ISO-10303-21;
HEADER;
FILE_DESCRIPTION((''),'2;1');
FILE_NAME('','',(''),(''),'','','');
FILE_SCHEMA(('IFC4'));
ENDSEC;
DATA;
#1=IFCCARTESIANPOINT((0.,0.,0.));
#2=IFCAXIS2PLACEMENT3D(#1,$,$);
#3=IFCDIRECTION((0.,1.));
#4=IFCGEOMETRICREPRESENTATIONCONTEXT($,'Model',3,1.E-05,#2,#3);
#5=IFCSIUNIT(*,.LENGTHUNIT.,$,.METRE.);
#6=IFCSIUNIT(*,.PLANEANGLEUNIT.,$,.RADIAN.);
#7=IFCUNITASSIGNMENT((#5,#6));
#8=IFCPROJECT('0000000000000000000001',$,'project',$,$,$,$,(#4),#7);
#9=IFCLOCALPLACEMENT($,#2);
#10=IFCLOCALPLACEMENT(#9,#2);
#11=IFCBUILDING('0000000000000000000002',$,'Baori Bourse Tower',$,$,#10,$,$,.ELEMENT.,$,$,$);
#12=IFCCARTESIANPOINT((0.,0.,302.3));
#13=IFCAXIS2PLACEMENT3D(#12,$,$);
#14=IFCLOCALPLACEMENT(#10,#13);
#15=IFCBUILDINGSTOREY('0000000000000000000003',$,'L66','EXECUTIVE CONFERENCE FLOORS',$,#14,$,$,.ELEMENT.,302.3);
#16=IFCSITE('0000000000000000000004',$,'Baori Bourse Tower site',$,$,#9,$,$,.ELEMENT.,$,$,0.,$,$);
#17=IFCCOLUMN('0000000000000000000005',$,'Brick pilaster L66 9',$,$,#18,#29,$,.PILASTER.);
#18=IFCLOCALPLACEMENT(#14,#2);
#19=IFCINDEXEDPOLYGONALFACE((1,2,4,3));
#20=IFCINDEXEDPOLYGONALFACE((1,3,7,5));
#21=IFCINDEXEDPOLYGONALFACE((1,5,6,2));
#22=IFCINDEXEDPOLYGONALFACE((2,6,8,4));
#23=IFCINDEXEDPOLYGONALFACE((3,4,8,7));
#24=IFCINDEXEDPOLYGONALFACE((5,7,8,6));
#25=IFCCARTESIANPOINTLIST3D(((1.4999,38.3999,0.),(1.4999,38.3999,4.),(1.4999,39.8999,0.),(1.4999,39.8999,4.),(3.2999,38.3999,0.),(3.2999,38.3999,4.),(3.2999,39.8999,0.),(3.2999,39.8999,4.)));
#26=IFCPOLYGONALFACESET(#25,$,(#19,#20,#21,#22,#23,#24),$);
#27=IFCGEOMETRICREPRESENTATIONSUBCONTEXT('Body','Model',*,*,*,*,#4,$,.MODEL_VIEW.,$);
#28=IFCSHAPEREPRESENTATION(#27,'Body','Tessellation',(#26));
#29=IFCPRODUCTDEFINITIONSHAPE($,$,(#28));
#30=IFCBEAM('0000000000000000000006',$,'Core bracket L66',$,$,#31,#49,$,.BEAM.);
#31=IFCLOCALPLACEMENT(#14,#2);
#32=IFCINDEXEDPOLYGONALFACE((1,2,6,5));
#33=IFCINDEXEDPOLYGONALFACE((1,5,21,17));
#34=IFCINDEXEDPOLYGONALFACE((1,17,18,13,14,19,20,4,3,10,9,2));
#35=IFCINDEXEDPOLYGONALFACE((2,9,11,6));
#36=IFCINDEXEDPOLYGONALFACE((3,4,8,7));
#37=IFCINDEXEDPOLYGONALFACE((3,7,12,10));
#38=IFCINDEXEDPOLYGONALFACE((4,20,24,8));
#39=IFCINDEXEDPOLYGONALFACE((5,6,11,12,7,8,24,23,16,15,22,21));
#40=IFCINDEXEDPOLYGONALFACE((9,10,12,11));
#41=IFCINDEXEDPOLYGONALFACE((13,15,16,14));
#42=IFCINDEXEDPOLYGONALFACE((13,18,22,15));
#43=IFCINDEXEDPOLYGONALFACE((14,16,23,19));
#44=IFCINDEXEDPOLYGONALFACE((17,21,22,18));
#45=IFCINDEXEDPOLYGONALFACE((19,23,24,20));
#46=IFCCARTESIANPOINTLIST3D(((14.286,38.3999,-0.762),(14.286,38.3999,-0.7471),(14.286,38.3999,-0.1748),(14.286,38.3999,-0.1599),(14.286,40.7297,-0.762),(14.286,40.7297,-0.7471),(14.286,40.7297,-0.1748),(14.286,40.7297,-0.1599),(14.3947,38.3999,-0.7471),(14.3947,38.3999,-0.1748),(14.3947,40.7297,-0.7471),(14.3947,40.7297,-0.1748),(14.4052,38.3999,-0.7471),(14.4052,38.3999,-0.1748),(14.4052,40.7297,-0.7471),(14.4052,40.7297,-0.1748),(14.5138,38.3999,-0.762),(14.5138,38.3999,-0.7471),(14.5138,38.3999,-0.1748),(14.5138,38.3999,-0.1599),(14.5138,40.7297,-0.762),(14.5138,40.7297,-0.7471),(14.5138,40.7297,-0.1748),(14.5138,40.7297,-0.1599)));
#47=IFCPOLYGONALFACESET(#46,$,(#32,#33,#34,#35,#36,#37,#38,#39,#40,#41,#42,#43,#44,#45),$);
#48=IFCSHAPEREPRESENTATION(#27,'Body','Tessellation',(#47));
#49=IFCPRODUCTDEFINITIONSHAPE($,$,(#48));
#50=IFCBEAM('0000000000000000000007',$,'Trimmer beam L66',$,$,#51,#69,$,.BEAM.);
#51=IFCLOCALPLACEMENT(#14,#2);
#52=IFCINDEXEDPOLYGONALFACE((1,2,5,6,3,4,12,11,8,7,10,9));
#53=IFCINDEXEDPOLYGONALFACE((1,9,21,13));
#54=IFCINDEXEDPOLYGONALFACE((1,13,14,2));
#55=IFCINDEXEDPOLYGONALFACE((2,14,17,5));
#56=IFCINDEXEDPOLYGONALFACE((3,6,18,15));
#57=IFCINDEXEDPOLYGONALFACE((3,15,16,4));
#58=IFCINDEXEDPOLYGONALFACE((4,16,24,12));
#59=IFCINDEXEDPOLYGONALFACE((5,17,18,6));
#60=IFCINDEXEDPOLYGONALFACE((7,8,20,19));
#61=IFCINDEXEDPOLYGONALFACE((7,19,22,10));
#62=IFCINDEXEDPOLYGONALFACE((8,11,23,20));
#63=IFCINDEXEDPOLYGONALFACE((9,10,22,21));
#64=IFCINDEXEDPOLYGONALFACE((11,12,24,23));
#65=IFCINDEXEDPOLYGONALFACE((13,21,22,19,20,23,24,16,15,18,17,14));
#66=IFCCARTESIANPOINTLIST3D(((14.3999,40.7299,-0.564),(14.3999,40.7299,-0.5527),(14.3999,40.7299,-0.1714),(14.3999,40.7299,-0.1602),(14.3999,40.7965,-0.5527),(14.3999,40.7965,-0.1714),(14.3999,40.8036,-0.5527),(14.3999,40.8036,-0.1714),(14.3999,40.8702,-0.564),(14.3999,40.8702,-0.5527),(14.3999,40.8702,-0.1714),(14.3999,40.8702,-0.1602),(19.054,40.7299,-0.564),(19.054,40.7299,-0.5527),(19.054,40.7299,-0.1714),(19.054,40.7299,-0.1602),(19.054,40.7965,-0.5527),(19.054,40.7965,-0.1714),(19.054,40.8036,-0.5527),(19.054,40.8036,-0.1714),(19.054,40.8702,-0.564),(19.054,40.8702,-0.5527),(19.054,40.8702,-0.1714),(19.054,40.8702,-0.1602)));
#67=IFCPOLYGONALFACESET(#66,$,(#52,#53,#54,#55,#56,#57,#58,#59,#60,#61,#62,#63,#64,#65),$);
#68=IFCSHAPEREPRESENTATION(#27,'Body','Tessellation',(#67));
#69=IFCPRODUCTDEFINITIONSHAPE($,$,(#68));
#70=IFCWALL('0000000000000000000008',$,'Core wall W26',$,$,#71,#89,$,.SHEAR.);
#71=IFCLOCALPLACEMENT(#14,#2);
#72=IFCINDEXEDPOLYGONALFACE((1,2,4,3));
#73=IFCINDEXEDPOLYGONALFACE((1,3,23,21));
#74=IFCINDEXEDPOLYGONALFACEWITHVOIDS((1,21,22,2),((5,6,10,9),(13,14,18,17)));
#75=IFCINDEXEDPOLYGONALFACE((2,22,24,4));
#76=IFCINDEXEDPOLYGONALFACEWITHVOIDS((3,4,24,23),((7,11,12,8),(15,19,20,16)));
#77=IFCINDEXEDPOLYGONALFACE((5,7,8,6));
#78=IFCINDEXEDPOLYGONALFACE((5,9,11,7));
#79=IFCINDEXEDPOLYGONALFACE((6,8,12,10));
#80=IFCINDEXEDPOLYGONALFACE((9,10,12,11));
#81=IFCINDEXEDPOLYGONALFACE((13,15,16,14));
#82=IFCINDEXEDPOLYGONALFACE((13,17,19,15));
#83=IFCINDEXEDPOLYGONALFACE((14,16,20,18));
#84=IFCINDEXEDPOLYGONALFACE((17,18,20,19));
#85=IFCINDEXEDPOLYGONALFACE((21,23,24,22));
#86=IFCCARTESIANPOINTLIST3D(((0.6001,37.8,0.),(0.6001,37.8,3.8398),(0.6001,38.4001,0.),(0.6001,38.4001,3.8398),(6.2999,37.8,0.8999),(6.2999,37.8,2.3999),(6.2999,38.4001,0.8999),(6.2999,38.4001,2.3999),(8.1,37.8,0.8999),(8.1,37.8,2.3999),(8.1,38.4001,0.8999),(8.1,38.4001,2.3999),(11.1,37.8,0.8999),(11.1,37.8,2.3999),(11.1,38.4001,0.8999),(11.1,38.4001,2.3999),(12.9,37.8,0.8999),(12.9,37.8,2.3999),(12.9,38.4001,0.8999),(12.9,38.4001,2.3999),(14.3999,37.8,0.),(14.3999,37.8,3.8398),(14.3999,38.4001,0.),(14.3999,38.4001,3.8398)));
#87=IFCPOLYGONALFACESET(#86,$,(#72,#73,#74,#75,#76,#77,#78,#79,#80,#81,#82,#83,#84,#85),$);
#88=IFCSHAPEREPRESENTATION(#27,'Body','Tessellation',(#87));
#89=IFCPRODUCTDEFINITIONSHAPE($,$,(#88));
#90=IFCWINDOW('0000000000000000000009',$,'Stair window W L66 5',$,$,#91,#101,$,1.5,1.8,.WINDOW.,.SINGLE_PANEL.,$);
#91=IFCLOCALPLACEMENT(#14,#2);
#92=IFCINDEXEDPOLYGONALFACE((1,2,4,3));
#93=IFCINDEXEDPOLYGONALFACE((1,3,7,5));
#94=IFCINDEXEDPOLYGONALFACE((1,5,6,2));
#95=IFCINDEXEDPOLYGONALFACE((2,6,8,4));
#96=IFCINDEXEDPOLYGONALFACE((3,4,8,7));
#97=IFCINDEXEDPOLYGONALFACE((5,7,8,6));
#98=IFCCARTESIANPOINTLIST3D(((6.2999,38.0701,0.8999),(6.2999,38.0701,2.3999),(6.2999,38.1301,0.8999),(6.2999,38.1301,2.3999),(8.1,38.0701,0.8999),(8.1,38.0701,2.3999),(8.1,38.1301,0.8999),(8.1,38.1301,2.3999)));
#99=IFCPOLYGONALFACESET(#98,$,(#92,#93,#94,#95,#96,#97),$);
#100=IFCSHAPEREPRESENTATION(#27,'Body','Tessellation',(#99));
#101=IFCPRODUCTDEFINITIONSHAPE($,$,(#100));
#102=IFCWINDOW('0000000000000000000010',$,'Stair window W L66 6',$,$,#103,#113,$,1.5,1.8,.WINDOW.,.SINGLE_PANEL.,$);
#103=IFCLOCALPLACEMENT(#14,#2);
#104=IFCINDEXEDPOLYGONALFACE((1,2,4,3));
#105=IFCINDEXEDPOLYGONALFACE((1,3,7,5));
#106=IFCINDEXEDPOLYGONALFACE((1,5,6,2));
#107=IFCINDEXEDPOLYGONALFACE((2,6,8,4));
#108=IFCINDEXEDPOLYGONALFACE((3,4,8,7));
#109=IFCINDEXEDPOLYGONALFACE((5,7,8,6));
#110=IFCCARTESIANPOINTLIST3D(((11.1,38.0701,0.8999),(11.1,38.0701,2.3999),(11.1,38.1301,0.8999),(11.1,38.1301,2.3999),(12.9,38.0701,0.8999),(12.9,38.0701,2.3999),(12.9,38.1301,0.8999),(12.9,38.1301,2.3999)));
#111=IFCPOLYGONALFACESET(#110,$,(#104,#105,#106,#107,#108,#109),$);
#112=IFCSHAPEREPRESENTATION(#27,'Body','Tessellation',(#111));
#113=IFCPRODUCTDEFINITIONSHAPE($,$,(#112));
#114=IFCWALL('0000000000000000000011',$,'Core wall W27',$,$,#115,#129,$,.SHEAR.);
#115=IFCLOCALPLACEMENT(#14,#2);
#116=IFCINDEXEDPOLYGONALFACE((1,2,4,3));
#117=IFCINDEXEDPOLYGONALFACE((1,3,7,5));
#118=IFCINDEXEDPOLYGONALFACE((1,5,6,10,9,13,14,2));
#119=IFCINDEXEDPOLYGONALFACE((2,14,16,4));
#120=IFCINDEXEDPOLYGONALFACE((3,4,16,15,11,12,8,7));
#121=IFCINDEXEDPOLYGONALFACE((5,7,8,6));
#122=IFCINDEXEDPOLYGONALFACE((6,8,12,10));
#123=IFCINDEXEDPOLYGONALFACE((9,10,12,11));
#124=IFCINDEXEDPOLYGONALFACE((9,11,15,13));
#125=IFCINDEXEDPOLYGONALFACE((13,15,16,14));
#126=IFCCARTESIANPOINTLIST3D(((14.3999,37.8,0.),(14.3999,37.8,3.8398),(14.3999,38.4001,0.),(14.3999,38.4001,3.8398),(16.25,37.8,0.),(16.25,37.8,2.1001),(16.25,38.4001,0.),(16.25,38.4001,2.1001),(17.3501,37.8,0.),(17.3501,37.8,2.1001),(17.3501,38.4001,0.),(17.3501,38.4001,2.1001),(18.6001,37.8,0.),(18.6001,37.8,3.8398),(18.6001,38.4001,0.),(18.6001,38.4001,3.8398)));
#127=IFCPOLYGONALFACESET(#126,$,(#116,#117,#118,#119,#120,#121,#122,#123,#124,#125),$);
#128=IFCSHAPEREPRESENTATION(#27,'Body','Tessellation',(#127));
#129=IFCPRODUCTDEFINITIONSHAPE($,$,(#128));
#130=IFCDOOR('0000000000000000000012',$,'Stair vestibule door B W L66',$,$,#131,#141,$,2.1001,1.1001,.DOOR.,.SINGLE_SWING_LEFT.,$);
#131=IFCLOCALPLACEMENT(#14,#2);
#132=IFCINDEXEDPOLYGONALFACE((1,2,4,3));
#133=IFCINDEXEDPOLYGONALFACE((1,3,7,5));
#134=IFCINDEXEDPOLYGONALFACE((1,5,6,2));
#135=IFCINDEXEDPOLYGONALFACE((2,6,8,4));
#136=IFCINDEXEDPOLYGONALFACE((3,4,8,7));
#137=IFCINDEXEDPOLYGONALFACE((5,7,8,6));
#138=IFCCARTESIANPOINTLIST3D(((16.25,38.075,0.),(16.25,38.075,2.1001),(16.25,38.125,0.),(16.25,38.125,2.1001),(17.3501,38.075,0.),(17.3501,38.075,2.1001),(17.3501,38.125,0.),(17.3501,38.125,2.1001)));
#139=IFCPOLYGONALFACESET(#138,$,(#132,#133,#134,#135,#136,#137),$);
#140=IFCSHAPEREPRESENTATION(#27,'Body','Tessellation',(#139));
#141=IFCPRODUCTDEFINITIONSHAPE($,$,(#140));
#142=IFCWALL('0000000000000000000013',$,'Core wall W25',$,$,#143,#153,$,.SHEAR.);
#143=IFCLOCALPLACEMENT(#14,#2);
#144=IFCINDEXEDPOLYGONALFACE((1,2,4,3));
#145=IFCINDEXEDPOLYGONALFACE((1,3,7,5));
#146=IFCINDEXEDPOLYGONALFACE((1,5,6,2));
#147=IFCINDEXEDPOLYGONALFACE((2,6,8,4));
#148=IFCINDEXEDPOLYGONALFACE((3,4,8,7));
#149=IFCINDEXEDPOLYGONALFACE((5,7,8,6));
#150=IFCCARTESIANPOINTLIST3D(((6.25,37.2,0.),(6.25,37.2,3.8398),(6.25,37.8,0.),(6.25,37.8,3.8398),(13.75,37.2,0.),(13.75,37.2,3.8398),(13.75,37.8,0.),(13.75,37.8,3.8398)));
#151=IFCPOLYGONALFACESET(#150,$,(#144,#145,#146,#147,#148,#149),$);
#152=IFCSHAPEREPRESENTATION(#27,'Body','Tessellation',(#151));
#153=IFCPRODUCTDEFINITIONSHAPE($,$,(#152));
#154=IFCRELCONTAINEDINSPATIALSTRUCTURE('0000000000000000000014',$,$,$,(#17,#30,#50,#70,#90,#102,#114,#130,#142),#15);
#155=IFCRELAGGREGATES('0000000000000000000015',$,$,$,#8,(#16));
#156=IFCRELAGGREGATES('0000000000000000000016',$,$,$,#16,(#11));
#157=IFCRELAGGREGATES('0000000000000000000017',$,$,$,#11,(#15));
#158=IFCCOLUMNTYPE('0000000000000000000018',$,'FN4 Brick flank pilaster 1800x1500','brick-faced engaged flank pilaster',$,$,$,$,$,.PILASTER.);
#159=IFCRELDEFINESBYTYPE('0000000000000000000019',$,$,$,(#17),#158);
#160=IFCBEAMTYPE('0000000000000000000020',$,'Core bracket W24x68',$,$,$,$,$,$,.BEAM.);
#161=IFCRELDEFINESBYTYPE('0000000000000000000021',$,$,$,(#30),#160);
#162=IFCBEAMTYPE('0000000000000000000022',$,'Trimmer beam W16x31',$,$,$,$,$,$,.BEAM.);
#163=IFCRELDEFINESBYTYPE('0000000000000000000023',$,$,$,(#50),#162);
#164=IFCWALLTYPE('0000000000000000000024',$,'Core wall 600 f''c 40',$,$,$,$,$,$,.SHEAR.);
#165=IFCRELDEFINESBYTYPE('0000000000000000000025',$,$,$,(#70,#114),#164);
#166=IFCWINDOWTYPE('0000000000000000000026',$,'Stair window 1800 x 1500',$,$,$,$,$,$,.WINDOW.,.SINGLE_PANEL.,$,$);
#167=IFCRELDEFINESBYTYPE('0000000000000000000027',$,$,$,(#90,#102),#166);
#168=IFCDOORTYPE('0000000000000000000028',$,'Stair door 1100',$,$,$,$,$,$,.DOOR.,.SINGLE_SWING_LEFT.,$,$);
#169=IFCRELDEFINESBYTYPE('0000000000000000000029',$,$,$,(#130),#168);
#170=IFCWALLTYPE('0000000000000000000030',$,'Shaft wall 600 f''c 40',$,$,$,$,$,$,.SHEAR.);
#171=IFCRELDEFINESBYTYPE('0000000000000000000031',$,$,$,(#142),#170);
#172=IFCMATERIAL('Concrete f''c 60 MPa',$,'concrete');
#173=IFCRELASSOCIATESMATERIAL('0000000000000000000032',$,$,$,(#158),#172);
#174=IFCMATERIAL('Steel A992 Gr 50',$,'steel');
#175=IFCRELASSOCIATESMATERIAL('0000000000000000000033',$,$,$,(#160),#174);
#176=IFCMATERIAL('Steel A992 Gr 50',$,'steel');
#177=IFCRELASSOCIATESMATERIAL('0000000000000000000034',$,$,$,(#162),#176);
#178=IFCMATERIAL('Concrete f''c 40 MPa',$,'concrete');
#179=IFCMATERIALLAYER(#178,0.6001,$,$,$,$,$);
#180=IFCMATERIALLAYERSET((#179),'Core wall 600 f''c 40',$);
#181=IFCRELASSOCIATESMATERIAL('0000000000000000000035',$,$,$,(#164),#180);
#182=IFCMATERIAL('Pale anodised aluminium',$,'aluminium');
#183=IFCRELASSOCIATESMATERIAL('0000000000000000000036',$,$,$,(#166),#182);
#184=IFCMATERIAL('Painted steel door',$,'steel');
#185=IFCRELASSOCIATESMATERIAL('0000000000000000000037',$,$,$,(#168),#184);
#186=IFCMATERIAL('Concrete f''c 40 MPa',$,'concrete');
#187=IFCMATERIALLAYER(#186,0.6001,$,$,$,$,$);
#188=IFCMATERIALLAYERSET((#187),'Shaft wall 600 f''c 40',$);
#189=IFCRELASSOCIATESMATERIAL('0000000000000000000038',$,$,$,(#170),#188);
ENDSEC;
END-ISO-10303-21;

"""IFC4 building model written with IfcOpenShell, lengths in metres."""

from ifc_helpers import new_model, si_unit, direction, frame, frame_2d, origin, origin_2d, place, context, subcontext, project, spatial, rectangle, i_section, extrude, material, layer, layer_set, material_profile, profile_set, type_object, element, fill, save


model = new_model("IFC4")

# Units and contexts
model_context = context("Model", 3, precision=1e-05, world=origin(), true_north=direction((0.0, 1.0)))
body_context = subcontext(model_context, "Body", "Model", "MODEL_VIEW")
ifc_project = project(units=[si_unit("LENGTHUNIT", "METRE"), si_unit("PLANEANGLEUNIT", "RADIAN")], contexts=[model_context])

# Site, building, storey
site_placement = place(None, origin())
site = spatial("IfcSite", under=ifc_project, at=site_placement, Name="Baori Bourse Tower site", CompositionType="ELEMENT", RefElevation=0.0)
building_placement = place(site_placement, origin())
building = spatial("IfcBuilding", under=site, at=building_placement, Name="Baori Bourse Tower", CompositionType="ELEMENT")
storey_placement = place(building_placement, frame((0.0, 0.0, 302.3)))
storey = spatial("IfcBuildingStorey", under=building, at=storey_placement, Name="L66", Description="EXECUTIVE CONFERENCE FLOORS", CompositionType="ELEMENT", Elevation=302.3)

# Column
ifc_material_1 = material(Name="Concrete f'c 60 MPa", Category="concrete")
ifc_material_profile_1 = material_profile(ifc_material_1, rectangle(XDim=1.8, YDim=1.5, at=origin_2d()), Name="RC 1800x1500")
ifc_profile_set_1 = profile_set([ifc_material_profile_1], Name="Concrete f'c 60 MPa")
column_type = type_object("IfcColumnType", Name="FN4 Brick flank pilaster 1800x1500", Description="brick-faced engaged flank pilaster", PredefinedType="PILASTER", material=ifc_profile_set_1)
column_placement = place(storey_placement, frame((2.3999, 39.1499, 0.0), z_axis=(0.0, 0.0, 1.0), x_axis=(1.0, 0.0, 0.0)))
element("IfcColumn", 1, at=column_placement, inside=storey, type_object=column_type, Name="Brick pilaster L66 9", PredefinedType="PILASTER", context=body_context, shape_type="SweptSolid", body=[
    extrude(rectangle(XDim=1.8, YDim=1.5, at=origin_2d()), origin(), (0.0, 0.0, 1.0), 4.0),
])

# Beams
ifc_material_2 = material(Name="Steel A992 Gr 50", Category="steel")
ifc_material_profile_2 = material_profile(ifc_material_2, i_section(OverallWidth=0.2278, OverallDepth=0.6021, WebThickness=0.0105, FlangeThickness=0.0149, at=origin_2d()), Name="W24x68")
ifc_profile_set_2 = profile_set([ifc_material_profile_2], Name="Steel A992 Gr 50")
beam_type_1 = type_object("IfcBeamType", Name="Core bracket W24x68", PredefinedType="BEAM", material=ifc_profile_set_2)
beam_1_placement = place(storey_placement, frame((14.3999, 38.3999, -0.4609), z_axis=(0.0, 1.0, 0.0), x_axis=(-1.0, 0.0, 0.0)))
element("IfcBeam", 2, at=beam_1_placement, inside=storey, type_object=beam_type_1, Name="Core bracket L66", PredefinedType="BEAM", context=body_context, shape_type="SweptSolid", body=[
    extrude(i_section(OverallWidth=0.2278, OverallDepth=0.6021, WebThickness=0.0105, FlangeThickness=0.0149, at=origin_2d()), origin(), (0.0, 0.0, 1.0), 2.3298),
])
ifc_material_3 = material(Name="Steel A992 Gr 50", Category="steel")
ifc_material_profile_3 = material_profile(ifc_material_3, i_section(OverallWidth=0.1404, OverallDepth=0.4038, WebThickness=0.0071, FlangeThickness=0.0112, at=origin_2d()), Name="W16x31")
ifc_profile_set_3 = profile_set([ifc_material_profile_3], Name="Steel A992 Gr 50")
beam_type_2 = type_object("IfcBeamType", Name="Trimmer beam W16x31", PredefinedType="BEAM", material=ifc_profile_set_3)
beam_2_placement = place(storey_placement, frame((14.3999, 40.8, -0.3621), z_axis=(1.0, 0.0, 0.0), x_axis=(0.0, 1.0, 0.0)))
element("IfcBeam", 3, at=beam_2_placement, inside=storey, type_object=beam_type_2, Name="Trimmer beam L66", PredefinedType="BEAM", context=body_context, shape_type="SweptSolid", body=[
    extrude(i_section(OverallWidth=0.1404, OverallDepth=0.4038, WebThickness=0.0071, FlangeThickness=0.0112, at=origin_2d()), origin(), (0.0, 0.0, 1.0), 4.6541),
])

# Wall, openings, windows
ifc_material_4 = material(Name="Concrete f'c 40 MPa", Category="concrete")
ifc_layer_1 = layer(ifc_material_4, 0.6001)
ifc_layer_set_1 = layer_set([ifc_layer_1], Name="Core wall 600 f'c 40")
wall_type_1 = type_object("IfcWallType", Name="Core wall 600 f'c 40", PredefinedType="SHEAR", material=ifc_layer_set_1)
wall_1_placement = place(storey_placement, frame((0.6001, 38.1001, 0.0), z_axis=(0.0, 0.0, 1.0), x_axis=(1.0, 0.0, 0.0)))
wall_1 = element("IfcWall", 4, at=wall_1_placement, inside=storey, type_object=wall_type_1, Name="Core wall W26", PredefinedType="SHEAR", context=body_context, shape_type="SweptSolid", body=[
    extrude(rectangle(XDim=13.7998, YDim=0.6001, at=frame_2d((6.8999, 0.0))), origin(), (0.0, 0.0, 1.0), 3.8398),
])
opening_1_placement = place(wall_1_placement, frame((5.7, 0.0, 0.8999)))
opening_1 = element("IfcOpeningElement", 5, at=opening_1_placement, cuts=wall_1, PredefinedType="OPENING", context=body_context, shape_type="SweptSolid", body=[
    extrude(rectangle(XDim=1.8, YDim=1.5, at=frame_2d((0.8999, 0.75))), frame((0.0, 0.3101, 0.0), z_axis=(0.0, -1.0, 0.0), x_axis=(1.0, 0.0, 0.0)), (0.0, 0.0, 1.0), 0.6201),
])
opening_2_placement = place(wall_1_placement, frame((10.5, 0.0, 0.8999)))
opening_2 = element("IfcOpeningElement", 6, at=opening_2_placement, cuts=wall_1, PredefinedType="OPENING", context=body_context, shape_type="SweptSolid", body=[
    extrude(rectangle(XDim=1.8, YDim=1.5, at=frame_2d((0.8999, 0.75))), frame((0.0, 0.3101, 0.0), z_axis=(0.0, -1.0, 0.0), x_axis=(1.0, 0.0, 0.0)), (0.0, 0.0, 1.0), 0.6201),
])
ifc_material_5 = material(Name="Pale anodised aluminium", Category="aluminium")
window_type = type_object("IfcWindowType", Name="Stair window 1800 x 1500", PartitioningType="SINGLE_PANEL", PredefinedType="WINDOW", material=ifc_material_5)
window_1_placement = place(opening_1_placement, origin())
window_1 = element("IfcWindow", 7, at=window_1_placement, inside=storey, type_object=window_type, Name="Stair window W L66 5", OverallHeight=1.5, OverallWidth=1.8, PartitioningType="SINGLE_PANEL", PredefinedType="WINDOW", context=body_context, shape_type="SweptSolid", body=[
    extrude(rectangle(XDim=1.8, YDim=1.5, at=frame_2d((0.8999, 0.75))), frame((0.0, 0.03, 0.0), z_axis=(0.0, -1.0, 0.0), x_axis=(1.0, 0.0, 0.0)), (0.0, 0.0, 1.0), 0.0601),
])
fill(opening_1, window_1)
window_2_placement = place(opening_2_placement, origin())
window_2 = element("IfcWindow", 8, at=window_2_placement, inside=storey, type_object=window_type, Name="Stair window W L66 6", OverallHeight=1.5, OverallWidth=1.8, PartitioningType="SINGLE_PANEL", PredefinedType="WINDOW", context=body_context, shape_type="SweptSolid", body=[
    extrude(rectangle(XDim=1.8, YDim=1.5, at=frame_2d((0.8999, 0.75))), frame((0.0, 0.03, 0.0), z_axis=(0.0, -1.0, 0.0), x_axis=(1.0, 0.0, 0.0)), (0.0, 0.0, 1.0), 0.0601),
])
fill(opening_2, window_2)

# Wall, opening, door
wall_2_placement = place(storey_placement, frame((14.3999, 38.1001, 0.0), z_axis=(0.0, 0.0, 1.0), x_axis=(1.0, 0.0, 0.0)))
wall_2 = element("IfcWall", 9, at=wall_2_placement, inside=storey, type_object=wall_type_1, Name="Core wall W27", PredefinedType="SHEAR", context=body_context, shape_type="SweptSolid", body=[
    extrude(rectangle(XDim=4.2002, YDim=0.6001, at=frame_2d((2.1001, 0.0))), origin(), (0.0, 0.0, 1.0), 3.8398),
])
opening_3_placement = place(wall_2_placement, frame((1.8501, 0.0, 0.0)))
opening_3 = element("IfcOpeningElement", 10, at=opening_3_placement, cuts=wall_2, PredefinedType="OPENING", context=body_context, shape_type="SweptSolid", body=[
    extrude(rectangle(XDim=1.1001, YDim=2.1001, at=frame_2d((0.55, 1.05))), frame((0.0, 0.3101, 0.0), z_axis=(0.0, -1.0, 0.0), x_axis=(1.0, 0.0, 0.0)), (0.0, 0.0, 1.0), 0.6201),
])
ifc_material_6 = material(Name="Painted steel door", Category="steel")
door_type = type_object("IfcDoorType", Name="Stair door 1100", OperationType="SINGLE_SWING_LEFT", PredefinedType="DOOR", material=ifc_material_6)
door_placement = place(opening_3_placement, origin())
door = element("IfcDoor", 11, at=door_placement, inside=storey, type_object=door_type, Name="Stair vestibule door B W L66", OperationType="SINGLE_SWING_LEFT", OverallHeight=2.1001, OverallWidth=1.1001, PredefinedType="DOOR", context=body_context, shape_type="SweptSolid", body=[
    extrude(rectangle(XDim=1.1001, YDim=2.1001, at=frame_2d((0.55, 1.05))), frame((0.0, 0.0249, 0.0), z_axis=(0.0, -1.0, 0.0), x_axis=(1.0, 0.0, 0.0)), (0.0, 0.0, 1.0), 0.05),
])
fill(opening_3, door)

# Wall
ifc_material_7 = material(Name="Concrete f'c 40 MPa", Category="concrete")
ifc_layer_2 = layer(ifc_material_7, 0.6001)
ifc_layer_set_2 = layer_set([ifc_layer_2], Name="Shaft wall 600 f'c 40")
wall_type_2 = type_object("IfcWallType", Name="Shaft wall 600 f'c 40", PredefinedType="SHEAR", material=ifc_layer_set_2)
wall_3_placement = place(storey_placement, frame((6.25, 37.5, 0.0), z_axis=(0.0, 0.0, 1.0), x_axis=(1.0, 0.0, 0.0)))
element("IfcWall", 12, at=wall_3_placement, inside=storey, type_object=wall_type_2, Name="Core wall W25", PredefinedType="SHEAR", context=body_context, shape_type="SweptSolid", body=[
    extrude(rectangle(XDim=7.5, YDim=0.6001, at=frame_2d((3.75, 0.0))), origin(), (0.0, 0.0, 1.0), 3.8398),
])

save(model, "model.ifc")
